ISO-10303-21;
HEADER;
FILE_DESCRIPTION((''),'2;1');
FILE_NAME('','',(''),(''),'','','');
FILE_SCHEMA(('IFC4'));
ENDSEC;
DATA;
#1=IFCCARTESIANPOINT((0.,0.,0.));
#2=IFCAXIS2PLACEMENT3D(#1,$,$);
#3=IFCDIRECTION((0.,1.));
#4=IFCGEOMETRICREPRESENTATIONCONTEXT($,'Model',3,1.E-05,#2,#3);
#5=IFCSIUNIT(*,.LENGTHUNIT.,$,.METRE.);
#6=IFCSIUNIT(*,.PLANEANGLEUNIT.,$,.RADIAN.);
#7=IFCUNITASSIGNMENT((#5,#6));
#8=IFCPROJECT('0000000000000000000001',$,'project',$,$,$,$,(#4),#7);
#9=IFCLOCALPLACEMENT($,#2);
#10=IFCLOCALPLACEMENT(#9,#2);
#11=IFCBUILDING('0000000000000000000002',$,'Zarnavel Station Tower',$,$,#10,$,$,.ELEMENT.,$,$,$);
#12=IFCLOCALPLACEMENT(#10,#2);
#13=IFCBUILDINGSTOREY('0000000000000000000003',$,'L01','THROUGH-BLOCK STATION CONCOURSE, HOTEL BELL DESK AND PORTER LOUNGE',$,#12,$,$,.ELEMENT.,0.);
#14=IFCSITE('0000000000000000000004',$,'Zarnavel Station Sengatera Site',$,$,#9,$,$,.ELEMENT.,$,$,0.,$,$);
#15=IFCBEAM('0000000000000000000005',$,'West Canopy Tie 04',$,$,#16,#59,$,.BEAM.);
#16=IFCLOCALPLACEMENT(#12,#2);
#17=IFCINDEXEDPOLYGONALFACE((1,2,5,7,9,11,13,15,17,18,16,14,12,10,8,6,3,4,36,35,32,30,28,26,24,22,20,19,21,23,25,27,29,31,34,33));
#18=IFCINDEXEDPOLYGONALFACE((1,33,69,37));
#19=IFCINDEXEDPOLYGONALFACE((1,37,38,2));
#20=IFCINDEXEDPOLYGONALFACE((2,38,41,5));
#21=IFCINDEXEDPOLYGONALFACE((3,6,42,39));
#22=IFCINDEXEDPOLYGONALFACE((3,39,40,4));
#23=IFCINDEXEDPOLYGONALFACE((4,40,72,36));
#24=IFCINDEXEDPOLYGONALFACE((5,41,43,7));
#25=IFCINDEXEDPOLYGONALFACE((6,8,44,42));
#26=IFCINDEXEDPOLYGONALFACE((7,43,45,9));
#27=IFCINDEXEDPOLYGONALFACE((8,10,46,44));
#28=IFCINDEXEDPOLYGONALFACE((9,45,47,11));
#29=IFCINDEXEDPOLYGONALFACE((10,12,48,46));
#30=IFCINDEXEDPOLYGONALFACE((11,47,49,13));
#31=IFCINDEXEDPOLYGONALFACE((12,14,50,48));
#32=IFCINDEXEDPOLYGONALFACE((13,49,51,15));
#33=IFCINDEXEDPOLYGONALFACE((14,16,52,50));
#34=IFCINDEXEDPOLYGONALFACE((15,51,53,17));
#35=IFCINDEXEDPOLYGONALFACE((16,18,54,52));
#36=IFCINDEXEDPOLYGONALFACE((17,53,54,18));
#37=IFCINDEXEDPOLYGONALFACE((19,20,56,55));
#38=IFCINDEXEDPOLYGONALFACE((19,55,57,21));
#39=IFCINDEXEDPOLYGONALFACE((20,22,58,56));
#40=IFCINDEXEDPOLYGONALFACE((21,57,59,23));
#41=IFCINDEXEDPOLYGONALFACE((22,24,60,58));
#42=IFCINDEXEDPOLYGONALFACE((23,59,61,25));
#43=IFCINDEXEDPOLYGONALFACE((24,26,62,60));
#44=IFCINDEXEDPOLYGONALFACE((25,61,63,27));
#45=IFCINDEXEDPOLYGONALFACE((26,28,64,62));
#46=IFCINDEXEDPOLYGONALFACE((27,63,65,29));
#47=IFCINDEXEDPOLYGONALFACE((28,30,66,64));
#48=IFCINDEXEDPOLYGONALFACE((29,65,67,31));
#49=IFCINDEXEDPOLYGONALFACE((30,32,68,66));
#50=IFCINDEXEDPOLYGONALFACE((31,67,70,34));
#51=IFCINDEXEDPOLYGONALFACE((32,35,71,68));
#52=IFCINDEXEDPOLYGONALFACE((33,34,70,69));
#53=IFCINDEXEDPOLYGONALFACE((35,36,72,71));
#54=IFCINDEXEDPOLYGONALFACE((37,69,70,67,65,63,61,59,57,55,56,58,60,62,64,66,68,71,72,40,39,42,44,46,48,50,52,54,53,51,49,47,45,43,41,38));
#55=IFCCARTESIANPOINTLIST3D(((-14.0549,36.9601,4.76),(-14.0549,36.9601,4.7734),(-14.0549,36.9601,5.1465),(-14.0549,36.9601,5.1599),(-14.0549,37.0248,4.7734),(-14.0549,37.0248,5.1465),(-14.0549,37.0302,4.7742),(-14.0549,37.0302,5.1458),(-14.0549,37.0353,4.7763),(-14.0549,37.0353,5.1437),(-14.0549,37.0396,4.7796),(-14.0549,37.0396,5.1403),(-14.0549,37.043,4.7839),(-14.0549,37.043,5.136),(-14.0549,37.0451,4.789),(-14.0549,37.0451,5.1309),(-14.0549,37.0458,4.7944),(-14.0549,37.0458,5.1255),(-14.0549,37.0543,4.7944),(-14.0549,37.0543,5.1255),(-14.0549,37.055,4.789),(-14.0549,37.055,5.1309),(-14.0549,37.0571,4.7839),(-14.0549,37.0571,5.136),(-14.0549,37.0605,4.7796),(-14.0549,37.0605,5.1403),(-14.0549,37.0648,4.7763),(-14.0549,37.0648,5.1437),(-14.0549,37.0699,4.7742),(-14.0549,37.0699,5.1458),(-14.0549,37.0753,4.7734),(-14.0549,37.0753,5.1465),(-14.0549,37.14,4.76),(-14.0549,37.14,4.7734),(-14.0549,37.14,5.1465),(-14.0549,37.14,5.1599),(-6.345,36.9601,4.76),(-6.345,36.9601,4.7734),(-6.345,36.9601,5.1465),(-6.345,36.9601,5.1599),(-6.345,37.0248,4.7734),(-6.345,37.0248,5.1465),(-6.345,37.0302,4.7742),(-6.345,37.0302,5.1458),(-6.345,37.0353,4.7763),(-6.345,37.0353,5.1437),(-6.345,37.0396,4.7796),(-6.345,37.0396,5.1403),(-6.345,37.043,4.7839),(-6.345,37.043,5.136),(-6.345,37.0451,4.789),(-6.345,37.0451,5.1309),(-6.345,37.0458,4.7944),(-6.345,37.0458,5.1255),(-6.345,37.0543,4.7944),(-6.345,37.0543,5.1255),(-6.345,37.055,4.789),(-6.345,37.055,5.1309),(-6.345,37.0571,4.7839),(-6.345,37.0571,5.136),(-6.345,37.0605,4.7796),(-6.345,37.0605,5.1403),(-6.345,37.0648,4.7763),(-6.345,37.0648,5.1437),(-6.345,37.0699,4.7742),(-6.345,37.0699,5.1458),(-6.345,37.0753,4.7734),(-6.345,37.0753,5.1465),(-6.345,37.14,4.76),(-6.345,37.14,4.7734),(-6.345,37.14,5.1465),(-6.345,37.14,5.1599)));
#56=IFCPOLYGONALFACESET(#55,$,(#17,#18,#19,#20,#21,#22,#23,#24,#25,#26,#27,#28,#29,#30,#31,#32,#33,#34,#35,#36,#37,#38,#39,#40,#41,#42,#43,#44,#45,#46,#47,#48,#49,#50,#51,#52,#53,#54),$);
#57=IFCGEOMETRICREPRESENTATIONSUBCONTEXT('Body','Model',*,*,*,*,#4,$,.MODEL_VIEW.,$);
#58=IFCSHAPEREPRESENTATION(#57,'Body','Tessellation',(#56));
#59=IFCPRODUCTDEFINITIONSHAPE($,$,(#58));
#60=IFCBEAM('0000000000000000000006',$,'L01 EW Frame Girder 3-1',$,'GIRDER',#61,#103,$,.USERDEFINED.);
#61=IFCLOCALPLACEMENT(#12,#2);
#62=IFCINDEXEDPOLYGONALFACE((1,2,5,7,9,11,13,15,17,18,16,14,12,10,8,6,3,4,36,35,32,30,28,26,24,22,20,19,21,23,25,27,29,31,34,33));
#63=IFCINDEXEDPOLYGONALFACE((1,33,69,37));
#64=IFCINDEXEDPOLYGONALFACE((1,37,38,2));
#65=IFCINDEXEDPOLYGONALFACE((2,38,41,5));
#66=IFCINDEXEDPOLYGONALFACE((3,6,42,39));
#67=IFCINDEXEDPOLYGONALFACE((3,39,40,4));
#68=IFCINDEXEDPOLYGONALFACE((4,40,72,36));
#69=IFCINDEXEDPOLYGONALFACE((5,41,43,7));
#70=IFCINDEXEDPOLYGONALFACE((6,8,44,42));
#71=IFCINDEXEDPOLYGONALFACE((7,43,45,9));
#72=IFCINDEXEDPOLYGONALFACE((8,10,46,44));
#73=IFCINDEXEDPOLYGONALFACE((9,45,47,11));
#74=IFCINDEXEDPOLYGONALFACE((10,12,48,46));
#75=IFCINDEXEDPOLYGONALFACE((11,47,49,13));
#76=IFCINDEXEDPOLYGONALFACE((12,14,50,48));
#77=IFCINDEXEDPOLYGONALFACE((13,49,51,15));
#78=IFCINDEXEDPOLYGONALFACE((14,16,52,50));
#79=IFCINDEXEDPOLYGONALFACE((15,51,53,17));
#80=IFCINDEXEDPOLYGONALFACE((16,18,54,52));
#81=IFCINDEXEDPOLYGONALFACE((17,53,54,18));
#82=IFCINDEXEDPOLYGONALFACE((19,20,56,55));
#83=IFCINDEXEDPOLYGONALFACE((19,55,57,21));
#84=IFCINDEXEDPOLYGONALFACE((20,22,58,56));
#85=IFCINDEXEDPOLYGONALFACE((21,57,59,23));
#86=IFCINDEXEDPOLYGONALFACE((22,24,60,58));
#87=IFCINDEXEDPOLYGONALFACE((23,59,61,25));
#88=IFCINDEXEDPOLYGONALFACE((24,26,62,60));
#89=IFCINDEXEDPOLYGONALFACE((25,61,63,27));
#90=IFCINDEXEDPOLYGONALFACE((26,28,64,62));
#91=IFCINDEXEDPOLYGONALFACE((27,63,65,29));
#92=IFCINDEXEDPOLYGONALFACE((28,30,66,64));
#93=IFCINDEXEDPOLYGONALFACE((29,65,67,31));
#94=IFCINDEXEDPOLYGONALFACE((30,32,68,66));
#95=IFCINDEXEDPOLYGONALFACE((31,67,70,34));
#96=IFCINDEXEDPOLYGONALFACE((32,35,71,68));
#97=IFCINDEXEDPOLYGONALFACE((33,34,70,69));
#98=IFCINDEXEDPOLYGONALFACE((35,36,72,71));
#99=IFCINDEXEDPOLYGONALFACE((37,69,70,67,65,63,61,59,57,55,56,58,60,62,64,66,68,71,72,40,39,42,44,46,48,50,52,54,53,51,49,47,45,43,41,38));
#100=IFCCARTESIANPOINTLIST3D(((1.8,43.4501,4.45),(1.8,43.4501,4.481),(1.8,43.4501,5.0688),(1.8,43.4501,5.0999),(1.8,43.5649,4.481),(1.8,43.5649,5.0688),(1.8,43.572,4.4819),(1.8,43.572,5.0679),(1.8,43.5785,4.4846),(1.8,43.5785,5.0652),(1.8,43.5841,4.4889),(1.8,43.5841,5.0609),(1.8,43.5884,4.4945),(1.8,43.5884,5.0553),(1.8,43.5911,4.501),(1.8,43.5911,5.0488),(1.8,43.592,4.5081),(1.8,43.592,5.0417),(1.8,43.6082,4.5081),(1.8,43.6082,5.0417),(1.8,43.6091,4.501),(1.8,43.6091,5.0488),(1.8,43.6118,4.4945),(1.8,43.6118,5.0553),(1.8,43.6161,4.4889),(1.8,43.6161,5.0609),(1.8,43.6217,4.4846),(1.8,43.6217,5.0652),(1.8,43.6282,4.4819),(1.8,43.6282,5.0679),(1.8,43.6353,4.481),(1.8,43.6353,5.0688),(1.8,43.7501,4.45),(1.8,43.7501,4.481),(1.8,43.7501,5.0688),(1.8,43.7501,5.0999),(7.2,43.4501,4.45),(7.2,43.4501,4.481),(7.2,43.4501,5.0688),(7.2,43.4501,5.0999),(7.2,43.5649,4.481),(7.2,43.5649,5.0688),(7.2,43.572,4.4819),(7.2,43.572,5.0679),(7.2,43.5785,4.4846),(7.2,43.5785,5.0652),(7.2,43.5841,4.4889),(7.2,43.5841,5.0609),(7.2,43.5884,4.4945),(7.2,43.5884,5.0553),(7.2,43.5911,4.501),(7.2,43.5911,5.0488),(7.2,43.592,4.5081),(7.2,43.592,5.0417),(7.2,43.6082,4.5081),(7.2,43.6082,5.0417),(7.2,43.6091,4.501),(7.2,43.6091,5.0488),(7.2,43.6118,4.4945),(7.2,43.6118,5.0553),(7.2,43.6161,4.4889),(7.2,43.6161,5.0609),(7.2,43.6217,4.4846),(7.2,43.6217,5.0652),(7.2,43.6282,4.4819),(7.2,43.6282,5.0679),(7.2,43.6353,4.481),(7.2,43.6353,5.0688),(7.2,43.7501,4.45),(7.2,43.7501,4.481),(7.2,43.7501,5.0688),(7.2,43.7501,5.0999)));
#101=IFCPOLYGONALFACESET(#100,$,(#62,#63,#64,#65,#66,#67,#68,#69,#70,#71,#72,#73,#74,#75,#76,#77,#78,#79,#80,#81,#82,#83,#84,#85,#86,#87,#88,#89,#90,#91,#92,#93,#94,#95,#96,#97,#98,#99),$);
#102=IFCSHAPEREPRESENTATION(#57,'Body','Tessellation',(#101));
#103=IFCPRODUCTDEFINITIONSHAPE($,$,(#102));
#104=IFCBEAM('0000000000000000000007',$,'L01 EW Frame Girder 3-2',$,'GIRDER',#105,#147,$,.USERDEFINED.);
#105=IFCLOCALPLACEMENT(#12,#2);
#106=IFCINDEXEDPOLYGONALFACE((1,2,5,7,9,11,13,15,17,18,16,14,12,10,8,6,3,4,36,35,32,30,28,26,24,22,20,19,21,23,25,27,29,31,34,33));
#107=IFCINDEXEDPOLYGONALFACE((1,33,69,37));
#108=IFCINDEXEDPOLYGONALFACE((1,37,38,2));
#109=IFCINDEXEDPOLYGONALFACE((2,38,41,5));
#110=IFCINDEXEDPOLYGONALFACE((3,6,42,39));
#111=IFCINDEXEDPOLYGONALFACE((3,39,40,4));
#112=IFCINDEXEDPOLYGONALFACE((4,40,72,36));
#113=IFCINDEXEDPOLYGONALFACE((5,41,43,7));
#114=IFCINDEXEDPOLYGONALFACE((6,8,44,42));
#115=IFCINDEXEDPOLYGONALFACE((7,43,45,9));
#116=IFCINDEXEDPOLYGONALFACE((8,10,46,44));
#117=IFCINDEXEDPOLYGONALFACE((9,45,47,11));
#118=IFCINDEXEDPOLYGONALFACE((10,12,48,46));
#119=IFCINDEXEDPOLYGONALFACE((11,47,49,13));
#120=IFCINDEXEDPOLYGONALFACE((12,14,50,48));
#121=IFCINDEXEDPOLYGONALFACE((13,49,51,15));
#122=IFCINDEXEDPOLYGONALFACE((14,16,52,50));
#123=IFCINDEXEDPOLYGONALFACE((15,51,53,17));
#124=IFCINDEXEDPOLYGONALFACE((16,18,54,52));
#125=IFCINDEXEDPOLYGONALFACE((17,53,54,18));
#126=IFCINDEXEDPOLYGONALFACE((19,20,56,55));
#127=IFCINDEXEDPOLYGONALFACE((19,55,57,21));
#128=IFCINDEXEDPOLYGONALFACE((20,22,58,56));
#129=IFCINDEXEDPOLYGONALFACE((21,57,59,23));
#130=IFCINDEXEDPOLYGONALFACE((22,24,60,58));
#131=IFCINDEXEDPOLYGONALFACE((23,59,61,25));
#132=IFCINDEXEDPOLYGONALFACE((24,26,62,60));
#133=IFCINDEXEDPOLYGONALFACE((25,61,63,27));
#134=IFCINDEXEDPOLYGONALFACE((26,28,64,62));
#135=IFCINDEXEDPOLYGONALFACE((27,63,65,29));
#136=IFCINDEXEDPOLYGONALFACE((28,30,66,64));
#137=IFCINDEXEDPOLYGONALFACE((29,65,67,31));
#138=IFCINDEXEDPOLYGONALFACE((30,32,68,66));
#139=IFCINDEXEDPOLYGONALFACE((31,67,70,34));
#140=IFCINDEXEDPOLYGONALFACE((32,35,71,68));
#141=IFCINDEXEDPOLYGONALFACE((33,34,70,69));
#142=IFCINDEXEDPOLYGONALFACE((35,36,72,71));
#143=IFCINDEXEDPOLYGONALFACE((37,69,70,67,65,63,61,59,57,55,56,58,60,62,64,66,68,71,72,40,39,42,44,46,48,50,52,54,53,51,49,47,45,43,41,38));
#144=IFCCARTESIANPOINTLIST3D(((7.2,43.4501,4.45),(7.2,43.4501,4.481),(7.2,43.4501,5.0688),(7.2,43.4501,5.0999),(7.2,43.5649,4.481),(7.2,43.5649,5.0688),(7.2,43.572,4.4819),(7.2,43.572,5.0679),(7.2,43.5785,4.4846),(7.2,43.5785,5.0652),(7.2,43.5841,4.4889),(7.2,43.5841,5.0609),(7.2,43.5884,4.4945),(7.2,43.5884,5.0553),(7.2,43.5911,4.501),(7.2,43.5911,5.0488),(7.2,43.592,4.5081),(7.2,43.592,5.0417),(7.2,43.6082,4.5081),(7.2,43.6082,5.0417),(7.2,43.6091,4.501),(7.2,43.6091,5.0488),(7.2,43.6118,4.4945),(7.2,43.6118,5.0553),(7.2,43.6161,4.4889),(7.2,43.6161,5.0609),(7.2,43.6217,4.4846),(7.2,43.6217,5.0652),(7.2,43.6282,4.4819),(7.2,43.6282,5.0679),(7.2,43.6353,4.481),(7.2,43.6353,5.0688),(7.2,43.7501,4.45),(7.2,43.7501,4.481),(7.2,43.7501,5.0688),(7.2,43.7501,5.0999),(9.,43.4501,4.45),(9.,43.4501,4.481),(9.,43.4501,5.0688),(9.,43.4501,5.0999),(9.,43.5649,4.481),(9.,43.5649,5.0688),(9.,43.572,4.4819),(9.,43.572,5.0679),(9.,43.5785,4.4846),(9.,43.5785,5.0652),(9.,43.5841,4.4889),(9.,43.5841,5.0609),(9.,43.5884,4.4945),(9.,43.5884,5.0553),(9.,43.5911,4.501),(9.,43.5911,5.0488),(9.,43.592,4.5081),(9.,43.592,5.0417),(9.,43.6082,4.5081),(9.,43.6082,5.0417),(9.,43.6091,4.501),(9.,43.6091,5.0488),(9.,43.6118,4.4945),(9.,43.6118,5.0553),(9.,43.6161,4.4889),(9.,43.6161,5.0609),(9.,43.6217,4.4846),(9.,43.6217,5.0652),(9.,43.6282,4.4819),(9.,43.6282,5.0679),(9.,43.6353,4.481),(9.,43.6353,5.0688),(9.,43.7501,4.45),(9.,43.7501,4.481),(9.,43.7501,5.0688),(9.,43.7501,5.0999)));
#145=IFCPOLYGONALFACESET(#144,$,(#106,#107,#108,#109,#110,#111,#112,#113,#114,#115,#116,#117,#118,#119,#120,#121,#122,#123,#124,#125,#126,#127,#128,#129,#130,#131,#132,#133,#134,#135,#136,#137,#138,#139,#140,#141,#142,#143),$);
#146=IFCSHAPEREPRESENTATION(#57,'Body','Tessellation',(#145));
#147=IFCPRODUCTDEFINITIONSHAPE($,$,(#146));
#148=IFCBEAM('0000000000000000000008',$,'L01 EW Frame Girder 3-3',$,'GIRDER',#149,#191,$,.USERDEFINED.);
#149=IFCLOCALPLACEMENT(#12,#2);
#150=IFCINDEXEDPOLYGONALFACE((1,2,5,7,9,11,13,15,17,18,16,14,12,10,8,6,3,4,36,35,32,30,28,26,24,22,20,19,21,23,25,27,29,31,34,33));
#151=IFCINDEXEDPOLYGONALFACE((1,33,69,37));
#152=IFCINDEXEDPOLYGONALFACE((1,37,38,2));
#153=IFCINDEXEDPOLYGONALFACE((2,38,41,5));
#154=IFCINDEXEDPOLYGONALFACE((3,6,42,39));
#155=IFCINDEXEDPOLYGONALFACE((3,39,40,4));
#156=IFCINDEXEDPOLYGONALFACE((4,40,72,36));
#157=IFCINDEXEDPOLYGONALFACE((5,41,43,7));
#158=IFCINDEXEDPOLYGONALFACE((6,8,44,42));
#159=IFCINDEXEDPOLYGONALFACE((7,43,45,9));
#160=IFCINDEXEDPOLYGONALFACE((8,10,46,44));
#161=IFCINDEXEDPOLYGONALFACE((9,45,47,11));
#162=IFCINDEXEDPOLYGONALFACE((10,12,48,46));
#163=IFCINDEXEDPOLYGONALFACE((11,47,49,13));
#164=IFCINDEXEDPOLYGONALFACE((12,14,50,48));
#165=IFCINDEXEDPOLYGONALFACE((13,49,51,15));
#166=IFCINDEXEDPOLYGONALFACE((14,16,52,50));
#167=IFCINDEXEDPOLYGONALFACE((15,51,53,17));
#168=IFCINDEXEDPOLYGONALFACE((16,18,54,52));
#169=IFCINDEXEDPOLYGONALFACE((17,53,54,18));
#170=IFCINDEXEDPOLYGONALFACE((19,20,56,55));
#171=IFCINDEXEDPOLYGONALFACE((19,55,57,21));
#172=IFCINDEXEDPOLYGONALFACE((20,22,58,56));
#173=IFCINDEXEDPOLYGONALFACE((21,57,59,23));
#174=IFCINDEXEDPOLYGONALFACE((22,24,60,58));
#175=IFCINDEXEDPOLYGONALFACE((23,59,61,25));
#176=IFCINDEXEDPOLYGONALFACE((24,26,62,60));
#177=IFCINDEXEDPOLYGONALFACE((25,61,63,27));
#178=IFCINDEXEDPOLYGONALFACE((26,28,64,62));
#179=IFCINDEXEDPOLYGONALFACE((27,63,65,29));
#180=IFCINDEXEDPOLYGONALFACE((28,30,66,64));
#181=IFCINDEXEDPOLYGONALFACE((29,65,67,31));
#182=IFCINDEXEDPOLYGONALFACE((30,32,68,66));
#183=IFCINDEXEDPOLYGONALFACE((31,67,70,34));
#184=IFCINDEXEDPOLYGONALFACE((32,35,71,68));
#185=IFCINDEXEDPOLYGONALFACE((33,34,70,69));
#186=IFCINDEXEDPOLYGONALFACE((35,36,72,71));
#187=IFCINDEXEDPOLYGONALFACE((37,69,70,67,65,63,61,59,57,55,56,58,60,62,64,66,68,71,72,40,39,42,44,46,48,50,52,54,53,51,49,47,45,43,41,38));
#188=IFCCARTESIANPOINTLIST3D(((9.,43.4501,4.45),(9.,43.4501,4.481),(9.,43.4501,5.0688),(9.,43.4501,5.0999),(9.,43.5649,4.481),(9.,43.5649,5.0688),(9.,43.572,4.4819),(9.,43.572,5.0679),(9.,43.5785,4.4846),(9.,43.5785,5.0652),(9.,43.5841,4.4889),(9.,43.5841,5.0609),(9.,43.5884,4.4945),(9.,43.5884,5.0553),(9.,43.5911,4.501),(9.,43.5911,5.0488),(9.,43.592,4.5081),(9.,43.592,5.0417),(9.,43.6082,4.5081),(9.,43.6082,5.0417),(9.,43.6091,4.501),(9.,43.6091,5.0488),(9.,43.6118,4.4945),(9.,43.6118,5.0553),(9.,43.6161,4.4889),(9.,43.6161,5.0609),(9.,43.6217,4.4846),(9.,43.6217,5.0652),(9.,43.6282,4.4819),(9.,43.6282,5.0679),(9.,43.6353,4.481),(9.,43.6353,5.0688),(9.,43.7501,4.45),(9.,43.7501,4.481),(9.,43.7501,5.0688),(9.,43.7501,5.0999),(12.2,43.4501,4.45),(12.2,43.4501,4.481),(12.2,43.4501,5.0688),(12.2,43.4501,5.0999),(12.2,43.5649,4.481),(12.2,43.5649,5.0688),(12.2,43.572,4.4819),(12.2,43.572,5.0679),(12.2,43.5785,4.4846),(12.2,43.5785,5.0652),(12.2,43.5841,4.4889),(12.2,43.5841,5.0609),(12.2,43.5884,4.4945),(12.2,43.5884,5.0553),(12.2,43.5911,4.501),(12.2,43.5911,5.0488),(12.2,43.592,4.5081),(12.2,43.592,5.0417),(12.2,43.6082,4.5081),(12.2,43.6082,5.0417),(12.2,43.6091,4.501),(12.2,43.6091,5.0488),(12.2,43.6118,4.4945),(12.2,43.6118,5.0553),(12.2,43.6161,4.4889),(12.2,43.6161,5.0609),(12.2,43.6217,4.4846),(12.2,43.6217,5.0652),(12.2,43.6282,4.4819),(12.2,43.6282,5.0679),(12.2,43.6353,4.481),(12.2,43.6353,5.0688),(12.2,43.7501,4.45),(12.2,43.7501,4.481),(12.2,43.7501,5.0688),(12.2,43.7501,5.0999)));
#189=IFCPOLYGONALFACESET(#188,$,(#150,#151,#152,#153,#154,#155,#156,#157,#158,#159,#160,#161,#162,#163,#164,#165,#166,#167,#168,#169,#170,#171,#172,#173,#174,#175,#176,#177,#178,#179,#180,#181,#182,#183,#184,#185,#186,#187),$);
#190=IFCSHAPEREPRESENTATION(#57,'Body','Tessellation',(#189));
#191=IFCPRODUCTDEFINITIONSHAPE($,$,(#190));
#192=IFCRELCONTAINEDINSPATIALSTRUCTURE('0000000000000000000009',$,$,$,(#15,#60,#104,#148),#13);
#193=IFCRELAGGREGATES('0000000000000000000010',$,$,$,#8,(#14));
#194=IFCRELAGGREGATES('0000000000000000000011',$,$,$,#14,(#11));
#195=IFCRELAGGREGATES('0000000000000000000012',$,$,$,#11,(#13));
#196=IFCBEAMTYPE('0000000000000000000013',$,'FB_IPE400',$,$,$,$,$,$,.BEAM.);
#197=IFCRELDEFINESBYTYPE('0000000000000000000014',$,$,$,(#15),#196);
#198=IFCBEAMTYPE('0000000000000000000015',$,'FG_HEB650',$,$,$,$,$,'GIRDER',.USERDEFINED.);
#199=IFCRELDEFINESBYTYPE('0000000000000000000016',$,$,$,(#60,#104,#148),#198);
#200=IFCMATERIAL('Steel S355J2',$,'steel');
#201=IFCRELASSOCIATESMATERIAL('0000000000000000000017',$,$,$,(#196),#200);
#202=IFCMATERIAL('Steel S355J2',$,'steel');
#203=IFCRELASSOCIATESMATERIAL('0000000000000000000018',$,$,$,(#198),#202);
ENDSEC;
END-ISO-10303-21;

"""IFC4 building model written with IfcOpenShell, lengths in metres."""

from ifc_helpers import new_model, si_unit, direction, frame, origin, origin_2d, place, context, subcontext, project, spatial, i_section, extrude, material, material_profile, profile_set, type_object, element, save


model = new_model("IFC4")

# Units and contexts
model_context = context("Model", 3, precision=1e-05, world=origin(), true_north=direction((0.0, 1.0)))
body_context = subcontext(model_context, "Body", "Model", "MODEL_VIEW")
ifc_project = project(units=[si_unit("LENGTHUNIT", "METRE"), si_unit("PLANEANGLEUNIT", "RADIAN")], contexts=[model_context])

# Site, building, storey
site_placement = place(None, origin())
site = spatial("IfcSite", under=ifc_project, at=site_placement, Name="Zarnavel Station Sengatera Site", CompositionType="ELEMENT", RefElevation=0.0)
building_placement = place(site_placement, origin())
building = spatial("IfcBuilding", under=site, at=building_placement, Name="Zarnavel Station Tower", CompositionType="ELEMENT")
storey_placement = place(building_placement, origin())
storey = spatial("IfcBuildingStorey", under=building, at=storey_placement, Name="L01", Description="THROUGH-BLOCK STATION CONCOURSE, HOTEL BELL DESK AND PORTER LOUNGE", CompositionType="ELEMENT", Elevation=0.0)

# Beams
ifc_material_1 = material(Name="Steel S355J2", Category="steel")
ifc_material_profile_1 = material_profile(ifc_material_1, i_section(OverallWidth=0.1799, OverallDepth=0.3999, WebThickness=0.0085, FlangeThickness=0.0134, FilletRadius=0.021, at=origin_2d()), Name="IPE400")
ifc_profile_set_1 = profile_set([ifc_material_profile_1], Name="Steel S355J2")
beam_type_1 = type_object("IfcBeamType", Name="FB_IPE400", PredefinedType="BEAM", material=ifc_profile_set_1)
beam_1_placement = place(storey_placement, frame((-14.0549, 37.05, 4.96), z_axis=(1.0, 0.0, 0.0), x_axis=(0.0, 1.0, 0.0)))
element("IfcBeam", 1, at=beam_1_placement, inside=storey, type_object=beam_type_1, Name="West Canopy Tie 04", PredefinedType="BEAM", context=body_context, shape_type="SweptSolid", body=[
    extrude(i_section(OverallWidth=0.1799, OverallDepth=0.3999, WebThickness=0.0085, FlangeThickness=0.0134, FilletRadius=0.021, at=origin_2d()), origin(), (0.0, 0.0, 1.0), 7.71),
])
ifc_material_2 = material(Name="Steel S355J2", Category="steel")
ifc_material_profile_2 = material_profile(ifc_material_2, i_section(OverallWidth=0.3, OverallDepth=0.6499, WebThickness=0.0161, FlangeThickness=0.031, FilletRadius=0.0271, at=origin_2d()), Name="HEB650")
ifc_profile_set_2 = profile_set([ifc_material_profile_2], Name="Steel S355J2")
beam_type_2 = type_object("IfcBeamType", Name="FG_HEB650", ElementType="GIRDER", PredefinedType="USERDEFINED", material=ifc_profile_set_2)
beam_2_placement = place(storey_placement, frame((1.8, 43.6001, 4.7749), z_axis=(1.0, 0.0, 0.0), x_axis=(0.0, 1.0, 0.0)))
element("IfcBeam", 2, at=beam_2_placement, inside=storey, type_object=beam_type_2, Name="L01 EW Frame Girder 3-1", ObjectType="GIRDER", PredefinedType="USERDEFINED", context=body_context, shape_type="SweptSolid", body=[
    extrude(i_section(OverallWidth=0.3, OverallDepth=0.6499, WebThickness=0.0161, FlangeThickness=0.031, FilletRadius=0.0271, at=origin_2d()), origin(), (0.0, 0.0, 1.0), 5.3999),
])
beam_3_placement = place(storey_placement, frame((7.2, 43.6001, 4.7749), z_axis=(1.0, 0.0, 0.0), x_axis=(0.0, 1.0, 0.0)))
element("IfcBeam", 3, at=beam_3_placement, inside=storey, type_object=beam_type_2, Name="L01 EW Frame Girder 3-2", ObjectType="GIRDER", PredefinedType="USERDEFINED", context=body_context, shape_type="SweptSolid", body=[
    extrude(i_section(OverallWidth=0.3, OverallDepth=0.6499, WebThickness=0.0161, FlangeThickness=0.031, FilletRadius=0.0271, at=origin_2d()), origin(), (0.0, 0.0, 1.0), 1.8),
])
beam_4_placement = place(storey_placement, frame((9.0, 43.6001, 4.7749), z_axis=(1.0, 0.0, 0.0), x_axis=(0.0, 1.0, 0.0)))
element("IfcBeam", 4, at=beam_4_placement, inside=storey, type_object=beam_type_2, Name="L01 EW Frame Girder 3-3", ObjectType="GIRDER", PredefinedType="USERDEFINED", context=body_context, shape_type="SweptSolid", body=[
    extrude(i_section(OverallWidth=0.3, OverallDepth=0.6499, WebThickness=0.0161, FlangeThickness=0.031, FilletRadius=0.0271, at=origin_2d()), origin(), (0.0, 0.0, 1.0), 3.2),
])

save(model, "model.ifc")
